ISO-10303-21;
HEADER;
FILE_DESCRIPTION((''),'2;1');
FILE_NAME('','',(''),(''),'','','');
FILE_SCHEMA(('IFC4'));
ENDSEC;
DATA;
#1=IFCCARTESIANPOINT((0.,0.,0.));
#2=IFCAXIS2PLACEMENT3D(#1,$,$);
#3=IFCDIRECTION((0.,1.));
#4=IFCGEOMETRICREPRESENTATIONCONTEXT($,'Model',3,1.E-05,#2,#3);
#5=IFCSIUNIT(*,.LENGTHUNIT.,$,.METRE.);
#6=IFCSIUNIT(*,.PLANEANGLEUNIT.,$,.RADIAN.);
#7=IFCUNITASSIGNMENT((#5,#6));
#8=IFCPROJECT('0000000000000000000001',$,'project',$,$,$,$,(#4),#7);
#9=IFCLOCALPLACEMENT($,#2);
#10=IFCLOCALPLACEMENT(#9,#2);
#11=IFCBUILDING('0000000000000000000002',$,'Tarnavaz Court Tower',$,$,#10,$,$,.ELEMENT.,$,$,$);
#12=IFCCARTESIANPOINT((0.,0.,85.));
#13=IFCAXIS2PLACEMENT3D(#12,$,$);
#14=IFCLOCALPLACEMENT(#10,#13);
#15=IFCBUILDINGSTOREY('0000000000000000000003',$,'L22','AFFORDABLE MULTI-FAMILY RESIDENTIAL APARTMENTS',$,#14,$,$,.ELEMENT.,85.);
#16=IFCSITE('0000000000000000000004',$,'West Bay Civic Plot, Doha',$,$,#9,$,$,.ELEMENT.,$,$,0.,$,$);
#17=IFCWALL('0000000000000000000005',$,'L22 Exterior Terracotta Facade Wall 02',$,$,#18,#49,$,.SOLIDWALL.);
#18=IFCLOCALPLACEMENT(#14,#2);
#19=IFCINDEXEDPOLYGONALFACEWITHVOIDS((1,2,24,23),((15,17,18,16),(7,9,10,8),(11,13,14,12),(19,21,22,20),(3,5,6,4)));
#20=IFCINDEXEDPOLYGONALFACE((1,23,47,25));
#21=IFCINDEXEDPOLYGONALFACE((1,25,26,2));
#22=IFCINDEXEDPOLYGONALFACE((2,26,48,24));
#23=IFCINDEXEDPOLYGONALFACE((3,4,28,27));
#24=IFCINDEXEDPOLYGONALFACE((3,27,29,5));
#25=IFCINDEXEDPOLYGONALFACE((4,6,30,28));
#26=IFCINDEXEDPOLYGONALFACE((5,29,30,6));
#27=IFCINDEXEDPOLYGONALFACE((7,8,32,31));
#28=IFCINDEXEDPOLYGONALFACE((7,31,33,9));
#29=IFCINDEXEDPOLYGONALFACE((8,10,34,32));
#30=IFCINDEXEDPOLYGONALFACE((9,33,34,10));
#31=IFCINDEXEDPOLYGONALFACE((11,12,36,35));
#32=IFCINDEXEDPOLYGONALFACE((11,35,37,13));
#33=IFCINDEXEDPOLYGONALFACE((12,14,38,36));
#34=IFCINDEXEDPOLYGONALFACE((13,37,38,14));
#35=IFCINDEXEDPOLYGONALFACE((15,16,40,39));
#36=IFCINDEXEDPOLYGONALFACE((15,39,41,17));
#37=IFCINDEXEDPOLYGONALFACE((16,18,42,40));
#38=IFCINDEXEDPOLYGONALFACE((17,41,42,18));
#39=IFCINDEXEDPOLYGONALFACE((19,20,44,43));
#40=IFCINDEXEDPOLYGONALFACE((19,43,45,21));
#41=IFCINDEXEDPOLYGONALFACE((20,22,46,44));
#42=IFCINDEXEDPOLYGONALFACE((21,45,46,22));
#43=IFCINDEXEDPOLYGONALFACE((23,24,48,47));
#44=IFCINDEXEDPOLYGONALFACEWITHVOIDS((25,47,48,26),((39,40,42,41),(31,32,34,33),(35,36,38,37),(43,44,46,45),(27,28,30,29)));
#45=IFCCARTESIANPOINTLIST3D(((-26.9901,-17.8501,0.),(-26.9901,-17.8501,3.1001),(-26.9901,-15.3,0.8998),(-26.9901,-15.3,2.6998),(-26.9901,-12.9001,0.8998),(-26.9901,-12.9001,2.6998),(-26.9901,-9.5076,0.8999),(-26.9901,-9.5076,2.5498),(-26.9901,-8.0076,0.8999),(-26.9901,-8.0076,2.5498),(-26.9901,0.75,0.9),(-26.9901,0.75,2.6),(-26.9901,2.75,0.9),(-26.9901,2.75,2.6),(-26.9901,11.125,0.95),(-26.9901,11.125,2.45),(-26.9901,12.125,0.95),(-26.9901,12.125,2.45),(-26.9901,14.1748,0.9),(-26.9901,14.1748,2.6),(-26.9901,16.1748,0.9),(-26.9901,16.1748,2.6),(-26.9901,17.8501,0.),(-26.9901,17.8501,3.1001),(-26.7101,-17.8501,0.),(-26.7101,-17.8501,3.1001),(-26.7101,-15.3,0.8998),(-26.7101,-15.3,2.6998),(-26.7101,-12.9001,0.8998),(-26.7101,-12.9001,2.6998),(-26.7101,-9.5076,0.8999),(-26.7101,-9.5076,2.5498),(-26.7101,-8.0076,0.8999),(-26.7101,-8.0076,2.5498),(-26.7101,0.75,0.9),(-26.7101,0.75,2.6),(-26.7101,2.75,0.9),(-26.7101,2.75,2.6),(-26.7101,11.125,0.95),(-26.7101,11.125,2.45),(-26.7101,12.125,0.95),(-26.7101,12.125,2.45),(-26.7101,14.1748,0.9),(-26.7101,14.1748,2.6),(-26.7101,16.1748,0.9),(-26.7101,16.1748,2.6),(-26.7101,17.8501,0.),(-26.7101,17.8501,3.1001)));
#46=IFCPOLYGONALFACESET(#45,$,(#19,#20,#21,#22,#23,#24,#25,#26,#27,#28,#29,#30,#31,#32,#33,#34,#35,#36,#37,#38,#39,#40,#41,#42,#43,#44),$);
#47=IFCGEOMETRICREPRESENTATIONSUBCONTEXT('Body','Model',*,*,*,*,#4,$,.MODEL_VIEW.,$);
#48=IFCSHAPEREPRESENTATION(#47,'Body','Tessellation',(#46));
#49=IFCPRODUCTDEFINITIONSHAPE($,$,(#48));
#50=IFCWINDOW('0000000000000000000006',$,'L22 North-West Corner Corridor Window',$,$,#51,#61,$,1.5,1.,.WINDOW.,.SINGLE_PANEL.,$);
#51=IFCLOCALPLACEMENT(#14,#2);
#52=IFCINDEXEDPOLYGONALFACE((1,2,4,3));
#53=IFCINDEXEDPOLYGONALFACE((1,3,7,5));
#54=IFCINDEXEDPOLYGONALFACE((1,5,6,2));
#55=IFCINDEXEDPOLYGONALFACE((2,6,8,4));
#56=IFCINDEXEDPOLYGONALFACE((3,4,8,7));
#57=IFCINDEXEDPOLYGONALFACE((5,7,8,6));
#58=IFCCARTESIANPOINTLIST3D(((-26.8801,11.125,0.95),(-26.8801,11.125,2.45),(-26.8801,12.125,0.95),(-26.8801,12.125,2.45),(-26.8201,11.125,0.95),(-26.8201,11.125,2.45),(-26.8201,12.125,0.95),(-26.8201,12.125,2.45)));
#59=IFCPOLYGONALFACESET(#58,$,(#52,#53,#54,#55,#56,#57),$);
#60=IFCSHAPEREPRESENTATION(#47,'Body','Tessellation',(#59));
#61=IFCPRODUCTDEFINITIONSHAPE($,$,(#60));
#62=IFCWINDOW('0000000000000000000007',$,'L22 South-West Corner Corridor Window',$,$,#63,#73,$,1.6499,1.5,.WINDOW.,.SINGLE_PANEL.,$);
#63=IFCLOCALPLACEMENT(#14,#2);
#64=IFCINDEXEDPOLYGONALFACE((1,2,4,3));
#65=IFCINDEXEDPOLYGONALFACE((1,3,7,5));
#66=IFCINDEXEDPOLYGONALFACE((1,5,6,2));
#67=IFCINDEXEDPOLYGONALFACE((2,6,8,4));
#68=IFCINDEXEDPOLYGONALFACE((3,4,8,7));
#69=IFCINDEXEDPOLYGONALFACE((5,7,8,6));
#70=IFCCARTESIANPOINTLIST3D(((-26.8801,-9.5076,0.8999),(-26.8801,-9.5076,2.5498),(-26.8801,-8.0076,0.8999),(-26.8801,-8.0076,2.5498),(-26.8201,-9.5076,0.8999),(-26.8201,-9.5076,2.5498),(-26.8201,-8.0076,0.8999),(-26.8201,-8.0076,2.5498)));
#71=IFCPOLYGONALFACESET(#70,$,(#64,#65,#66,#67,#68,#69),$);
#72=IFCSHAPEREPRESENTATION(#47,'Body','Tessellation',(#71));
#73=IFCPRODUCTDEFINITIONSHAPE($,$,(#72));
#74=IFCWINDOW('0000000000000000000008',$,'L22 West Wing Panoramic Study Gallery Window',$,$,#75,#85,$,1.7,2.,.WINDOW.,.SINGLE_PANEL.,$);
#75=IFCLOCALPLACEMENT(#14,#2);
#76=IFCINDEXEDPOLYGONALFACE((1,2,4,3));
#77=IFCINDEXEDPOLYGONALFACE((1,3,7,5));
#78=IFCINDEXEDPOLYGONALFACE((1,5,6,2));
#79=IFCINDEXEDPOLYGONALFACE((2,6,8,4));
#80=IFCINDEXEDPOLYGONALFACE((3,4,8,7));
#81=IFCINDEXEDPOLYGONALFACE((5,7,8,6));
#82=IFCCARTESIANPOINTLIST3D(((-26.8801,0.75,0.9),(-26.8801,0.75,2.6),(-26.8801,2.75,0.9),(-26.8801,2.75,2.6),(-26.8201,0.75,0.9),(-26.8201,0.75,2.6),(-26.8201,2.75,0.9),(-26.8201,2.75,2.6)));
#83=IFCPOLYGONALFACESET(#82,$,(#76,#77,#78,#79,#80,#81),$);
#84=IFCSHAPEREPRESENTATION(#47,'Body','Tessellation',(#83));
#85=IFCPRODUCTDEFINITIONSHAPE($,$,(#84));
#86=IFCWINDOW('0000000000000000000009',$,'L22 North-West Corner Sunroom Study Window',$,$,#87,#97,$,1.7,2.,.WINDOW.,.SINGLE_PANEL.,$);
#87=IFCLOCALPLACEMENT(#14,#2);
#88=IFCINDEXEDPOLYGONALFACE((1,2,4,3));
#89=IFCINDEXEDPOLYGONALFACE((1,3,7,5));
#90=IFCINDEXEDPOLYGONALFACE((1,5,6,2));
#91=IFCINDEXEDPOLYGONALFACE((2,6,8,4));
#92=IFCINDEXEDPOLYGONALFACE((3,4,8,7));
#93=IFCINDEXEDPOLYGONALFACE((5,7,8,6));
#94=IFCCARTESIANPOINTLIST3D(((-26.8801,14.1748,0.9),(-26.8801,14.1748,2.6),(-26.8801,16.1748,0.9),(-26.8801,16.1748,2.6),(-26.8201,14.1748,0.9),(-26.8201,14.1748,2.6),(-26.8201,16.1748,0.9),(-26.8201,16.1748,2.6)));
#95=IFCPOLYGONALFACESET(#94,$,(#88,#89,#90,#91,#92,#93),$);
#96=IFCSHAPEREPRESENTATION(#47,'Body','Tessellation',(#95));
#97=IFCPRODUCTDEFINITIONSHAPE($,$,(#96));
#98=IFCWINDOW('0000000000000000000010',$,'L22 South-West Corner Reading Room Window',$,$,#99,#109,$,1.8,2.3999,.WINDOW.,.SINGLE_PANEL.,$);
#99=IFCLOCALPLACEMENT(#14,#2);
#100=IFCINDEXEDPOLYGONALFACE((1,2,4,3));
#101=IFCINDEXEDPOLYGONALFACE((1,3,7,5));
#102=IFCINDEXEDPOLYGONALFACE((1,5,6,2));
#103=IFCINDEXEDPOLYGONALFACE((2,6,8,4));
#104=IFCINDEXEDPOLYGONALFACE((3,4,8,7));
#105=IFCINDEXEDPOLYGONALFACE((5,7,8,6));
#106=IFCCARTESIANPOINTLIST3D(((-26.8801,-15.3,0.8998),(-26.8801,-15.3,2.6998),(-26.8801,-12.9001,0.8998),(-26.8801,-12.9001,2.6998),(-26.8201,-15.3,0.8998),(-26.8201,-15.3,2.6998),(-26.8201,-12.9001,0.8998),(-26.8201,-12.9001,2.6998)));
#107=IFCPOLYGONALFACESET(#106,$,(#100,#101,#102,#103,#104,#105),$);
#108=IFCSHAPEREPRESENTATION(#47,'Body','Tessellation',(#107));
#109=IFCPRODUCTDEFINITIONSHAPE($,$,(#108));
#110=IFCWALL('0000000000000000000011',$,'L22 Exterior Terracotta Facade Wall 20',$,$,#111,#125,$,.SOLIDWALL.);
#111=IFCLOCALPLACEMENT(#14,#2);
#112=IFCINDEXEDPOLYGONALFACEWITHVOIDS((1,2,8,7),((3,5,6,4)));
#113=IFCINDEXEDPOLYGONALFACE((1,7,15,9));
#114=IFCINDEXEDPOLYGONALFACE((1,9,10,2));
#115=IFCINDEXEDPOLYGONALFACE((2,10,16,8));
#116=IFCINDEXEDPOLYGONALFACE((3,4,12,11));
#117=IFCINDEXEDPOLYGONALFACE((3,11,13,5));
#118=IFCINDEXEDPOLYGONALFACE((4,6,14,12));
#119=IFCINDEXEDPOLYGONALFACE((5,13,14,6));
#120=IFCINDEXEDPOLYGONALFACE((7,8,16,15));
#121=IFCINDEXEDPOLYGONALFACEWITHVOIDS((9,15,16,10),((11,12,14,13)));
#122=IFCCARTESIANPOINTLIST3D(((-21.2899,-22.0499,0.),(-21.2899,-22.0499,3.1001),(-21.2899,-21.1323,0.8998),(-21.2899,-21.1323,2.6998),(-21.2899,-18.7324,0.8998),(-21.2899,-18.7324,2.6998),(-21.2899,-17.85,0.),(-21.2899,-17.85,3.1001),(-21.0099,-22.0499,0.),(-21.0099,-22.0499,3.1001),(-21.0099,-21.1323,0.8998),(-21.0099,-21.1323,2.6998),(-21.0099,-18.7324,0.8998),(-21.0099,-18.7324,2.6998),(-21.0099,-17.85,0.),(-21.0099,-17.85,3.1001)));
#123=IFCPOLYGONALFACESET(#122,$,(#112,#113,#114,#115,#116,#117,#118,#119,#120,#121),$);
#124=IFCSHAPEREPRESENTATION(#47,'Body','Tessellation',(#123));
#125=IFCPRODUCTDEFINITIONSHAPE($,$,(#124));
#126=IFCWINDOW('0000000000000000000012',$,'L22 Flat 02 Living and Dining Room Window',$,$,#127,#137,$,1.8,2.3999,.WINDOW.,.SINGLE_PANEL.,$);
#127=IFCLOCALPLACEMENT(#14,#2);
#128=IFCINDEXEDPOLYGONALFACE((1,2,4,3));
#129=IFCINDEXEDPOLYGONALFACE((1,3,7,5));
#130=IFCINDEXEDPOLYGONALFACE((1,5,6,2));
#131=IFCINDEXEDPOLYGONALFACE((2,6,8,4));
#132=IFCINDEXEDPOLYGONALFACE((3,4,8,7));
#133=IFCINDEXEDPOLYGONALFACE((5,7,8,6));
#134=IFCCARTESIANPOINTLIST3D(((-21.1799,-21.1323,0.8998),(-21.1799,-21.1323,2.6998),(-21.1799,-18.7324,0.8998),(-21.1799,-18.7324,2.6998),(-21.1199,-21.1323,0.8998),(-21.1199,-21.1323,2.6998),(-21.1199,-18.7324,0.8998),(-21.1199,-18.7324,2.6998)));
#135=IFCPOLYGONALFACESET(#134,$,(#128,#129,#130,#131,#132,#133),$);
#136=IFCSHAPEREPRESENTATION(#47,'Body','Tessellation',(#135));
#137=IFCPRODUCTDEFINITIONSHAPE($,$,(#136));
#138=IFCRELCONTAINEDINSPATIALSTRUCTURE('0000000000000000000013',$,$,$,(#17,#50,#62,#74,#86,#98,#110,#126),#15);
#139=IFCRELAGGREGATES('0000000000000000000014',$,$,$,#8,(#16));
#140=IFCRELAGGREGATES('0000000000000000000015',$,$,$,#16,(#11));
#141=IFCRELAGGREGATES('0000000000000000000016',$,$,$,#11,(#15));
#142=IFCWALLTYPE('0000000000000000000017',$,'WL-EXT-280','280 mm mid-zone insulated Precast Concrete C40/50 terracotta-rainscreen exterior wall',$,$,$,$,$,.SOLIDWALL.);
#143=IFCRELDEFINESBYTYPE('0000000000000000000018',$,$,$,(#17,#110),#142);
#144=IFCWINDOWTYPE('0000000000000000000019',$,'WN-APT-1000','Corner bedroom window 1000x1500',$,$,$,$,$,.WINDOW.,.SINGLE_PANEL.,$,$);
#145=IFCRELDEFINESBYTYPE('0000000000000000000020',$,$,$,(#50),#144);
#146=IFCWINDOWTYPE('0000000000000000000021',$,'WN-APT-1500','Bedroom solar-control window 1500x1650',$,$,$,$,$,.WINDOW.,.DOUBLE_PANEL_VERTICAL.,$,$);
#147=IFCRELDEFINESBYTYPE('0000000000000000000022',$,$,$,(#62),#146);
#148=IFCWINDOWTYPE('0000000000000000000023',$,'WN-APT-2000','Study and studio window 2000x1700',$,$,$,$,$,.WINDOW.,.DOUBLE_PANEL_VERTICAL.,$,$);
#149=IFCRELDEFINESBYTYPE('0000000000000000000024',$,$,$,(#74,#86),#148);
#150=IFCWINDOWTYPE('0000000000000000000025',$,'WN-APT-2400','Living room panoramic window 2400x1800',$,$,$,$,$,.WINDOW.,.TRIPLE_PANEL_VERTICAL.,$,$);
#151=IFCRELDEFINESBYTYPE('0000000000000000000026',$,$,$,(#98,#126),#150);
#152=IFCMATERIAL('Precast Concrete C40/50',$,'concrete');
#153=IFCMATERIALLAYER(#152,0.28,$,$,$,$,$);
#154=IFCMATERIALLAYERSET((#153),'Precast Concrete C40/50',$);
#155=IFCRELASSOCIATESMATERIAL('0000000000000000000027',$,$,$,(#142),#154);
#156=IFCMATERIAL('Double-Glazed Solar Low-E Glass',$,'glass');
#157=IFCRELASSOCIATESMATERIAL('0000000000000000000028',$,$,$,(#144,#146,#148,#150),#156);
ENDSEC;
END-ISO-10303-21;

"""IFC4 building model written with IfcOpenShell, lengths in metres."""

from ifc_helpers import new_model, si_unit, direction, frame, frame_2d, origin, place, context, subcontext, project, spatial, rectangle, extrude, material, layer, layer_set, type_object, element, fill, save


model = new_model("IFC4")

# Units and contexts
model_context = context("Model", 3, precision=1e-05, world=origin(), true_north=direction((0.0, 1.0)))
body_context = subcontext(model_context, "Body", "Model", "MODEL_VIEW")
ifc_project = project(units=[si_unit("LENGTHUNIT", "METRE"), si_unit("PLANEANGLEUNIT", "RADIAN")], contexts=[model_context])

# Site, building, storey
site_placement = place(None, origin())
site = spatial("IfcSite", under=ifc_project, at=site_placement, Name="West Bay Civic Plot, Doha", CompositionType="ELEMENT", RefElevation=0.0)
building_placement = place(site_placement, origin())
building = spatial("IfcBuilding", under=site, at=building_placement, Name="Tarnavaz Court Tower", CompositionType="ELEMENT")
storey_placement = place(building_placement, frame((0.0, 0.0, 85.0)))
storey = spatial("IfcBuildingStorey", under=building, at=storey_placement, Name="L22", Description="AFFORDABLE MULTI-FAMILY RESIDENTIAL APARTMENTS", CompositionType="ELEMENT", Elevation=85.0)

# Wall, openings, windows
ifc_material_1 = material(Name="Precast Concrete C40/50", Category="concrete")
ifc_layer_1 = layer(ifc_material_1, 0.28)
ifc_layer_set_1 = layer_set([ifc_layer_1], Name="Precast Concrete C40/50")
wall_type_1 = type_object("IfcWallType", Name="WL-EXT-280", Description="280 mm mid-zone insulated Precast Concrete C40/50 terracotta-rainscreen exterior wall", PredefinedType="SOLIDWALL", material=ifc_layer_set_1)
wall_1_placement = place(storey_placement, frame((-26.8501, -17.8501, 0.0), z_axis=(0.0, 0.0, 1.0), x_axis=(0.0, 1.0, 0.0)))
wall_1 = element("IfcWall", 1, at=wall_1_placement, inside=storey, type_object=wall_type_1, Name="L22 Exterior Terracotta Facade Wall 02", PredefinedType="SOLIDWALL", context=body_context, shape_type="SweptSolid", body=[
    extrude(rectangle(XDim=35.7002, YDim=0.28, at=frame_2d((17.8501, 0.0))), origin(), (0.0, 0.0, 1.0), 3.1001),
])
opening_1_placement = place(wall_1_placement, frame((2.55, 0.0, 0.8999)))
opening_1 = element("IfcOpeningElement", 2, at=opening_1_placement, cuts=wall_1, PredefinedType="OPENING", context=body_context, shape_type="SweptSolid", body=[
    extrude(rectangle(XDim=2.3999, YDim=1.8, at=frame_2d((1.2, 0.8999))), frame((0.0, 0.1499, 0.0), z_axis=(0.0, -1.0, 0.0), x_axis=(1.0, 0.0, 0.0)), (0.0, 0.0, 1.0), 0.3),
])
opening_2_placement = place(wall_1_placement, frame((8.3425, 0.0, 0.8999)))
opening_2 = element("IfcOpeningElement", 3, at=opening_2_placement, cuts=wall_1, PredefinedType="OPENING", context=body_context, shape_type="SweptSolid", body=[
    extrude(rectangle(XDim=1.5, YDim=1.6499, at=frame_2d((0.75, 0.825))), frame((0.0, 0.1499, 0.0), z_axis=(0.0, -1.0, 0.0), x_axis=(1.0, 0.0, 0.0)), (0.0, 0.0, 1.0), 0.3),
])
opening_3_placement = place(wall_1_placement, frame((18.6001, 0.0, 0.8999)))
opening_3 = element("IfcOpeningElement", 4, at=opening_3_placement, cuts=wall_1, PredefinedType="OPENING", context=body_context, shape_type="SweptSolid", body=[
    extrude(rectangle(XDim=2.0, YDim=1.7, at=frame_2d((1.0, 0.8501))), frame((0.0, 0.1499, 0.0), z_axis=(0.0, -1.0, 0.0), x_axis=(1.0, 0.0, 0.0)), (0.0, 0.0, 1.0), 0.3),
])
opening_4_placement = place(wall_1_placement, frame((28.9751, 0.0, 0.95)))
opening_4 = element("IfcOpeningElement", 5, at=opening_4_placement, cuts=wall_1, PredefinedType="OPENING", context=body_context, shape_type="SweptSolid", body=[
    extrude(rectangle(XDim=1.0, YDim=1.5, at=frame_2d((0.5, 0.75))), frame((0.0, 0.1499, 0.0), z_axis=(0.0, -1.0, 0.0), x_axis=(1.0, 0.0, 0.0)), (0.0, 0.0, 1.0), 0.3),
])
opening_5_placement = place(wall_1_placement, frame((32.0249, 0.0, 0.8999)))
opening_5 = element("IfcOpeningElement", 6, at=opening_5_placement, cuts=wall_1, PredefinedType="OPENING", context=body_context, shape_type="SweptSolid", body=[
    extrude(rectangle(XDim=2.0, YDim=1.7, at=frame_2d((1.0, 0.8501))), frame((0.0, 0.1499, 0.0), z_axis=(0.0, -1.0, 0.0), x_axis=(1.0, 0.0, 0.0)), (0.0, 0.0, 1.0), 0.3),
])
ifc_material_2 = material(Name="Double-Glazed Solar Low-E Glass", Category="glass")
window_type_1 = type_object("IfcWindowType", Name="WN-APT-1000", Description="Corner bedroom window 1000x1500", PartitioningType="SINGLE_PANEL", PredefinedType="WINDOW", material=ifc_material_2)
window_1_placement = place(opening_4_placement, origin())
window_1 = element("IfcWindow", 7, at=window_1_placement, inside=storey, type_object=window_type_1, Name="L22 North-West Corner Corridor Window", OverallHeight=1.5, OverallWidth=1.0, PartitioningType="SINGLE_PANEL", PredefinedType="WINDOW", context=body_context, shape_type="SweptSolid", body=[
    extrude(rectangle(XDim=1.0, YDim=1.5, at=frame_2d((0.5, 0.75))), frame((0.0, 0.03, 0.0), z_axis=(0.0, -1.0, 0.0), x_axis=(1.0, 0.0, 0.0)), (0.0, 0.0, 1.0), 0.0601),
])
fill(opening_4, window_1)
window_type_2 = type_object("IfcWindowType", Name="WN-APT-1500", Description="Bedroom solar-control window 1500x1650", PartitioningType="DOUBLE_PANEL_VERTICAL", PredefinedType="WINDOW", material=ifc_material_2)
window_2_placement = place(opening_2_placement, origin())
window_2 = element("IfcWindow", 8, at=window_2_placement, inside=storey, type_object=window_type_2, Name="L22 South-West Corner Corridor Window", OverallHeight=1.6499, OverallWidth=1.5, PartitioningType="SINGLE_PANEL", PredefinedType="WINDOW", context=body_context, shape_type="SweptSolid", body=[
    extrude(rectangle(XDim=1.5, YDim=1.6499, at=frame_2d((0.75, 0.825))), frame((0.0, 0.03, 0.0), z_axis=(0.0, -1.0, 0.0), x_axis=(1.0, 0.0, 0.0)), (0.0, 0.0, 1.0), 0.0601),
])
fill(opening_2, window_2)
window_type_3 = type_object("IfcWindowType", Name="WN-APT-2000", Description="Study and studio window 2000x1700", PartitioningType="DOUBLE_PANEL_VERTICAL", PredefinedType="WINDOW", material=ifc_material_2)
window_3_placement = place(opening_3_placement, origin())
window_3 = element("IfcWindow", 9, at=window_3_placement, inside=storey, type_object=window_type_3, Name="L22 West Wing Panoramic Study Gallery Window", OverallHeight=1.7, OverallWidth=2.0, PartitioningType="SINGLE_PANEL", PredefinedType="WINDOW", context=body_context, shape_type="SweptSolid", body=[
    extrude(rectangle(XDim=2.0, YDim=1.7, at=frame_2d((1.0, 0.8501))), frame((0.0, 0.03, 0.0), z_axis=(0.0, -1.0, 0.0), x_axis=(1.0, 0.0, 0.0)), (0.0, 0.0, 1.0), 0.0601),
])
fill(opening_3, window_3)
window_4_placement = place(opening_5_placement, origin())
window_4 = element("IfcWindow", 10, at=window_4_placement, inside=storey, type_object=window_type_3, Name="L22 North-West Corner Sunroom Study Window", OverallHeight=1.7, OverallWidth=2.0, PartitioningType="SINGLE_PANEL", PredefinedType="WINDOW", context=body_context, shape_type="SweptSolid", body=[
    extrude(rectangle(XDim=2.0, YDim=1.7, at=frame_2d((1.0, 0.8501))), frame((0.0, 0.03, 0.0), z_axis=(0.0, -1.0, 0.0), x_axis=(1.0, 0.0, 0.0)), (0.0, 0.0, 1.0), 0.0601),
])
fill(opening_5, window_4)
window_type_4 = type_object("IfcWindowType", Name="WN-APT-2400", Description="Living room panoramic window 2400x1800", PartitioningType="TRIPLE_PANEL_VERTICAL", PredefinedType="WINDOW", material=ifc_material_2)
window_5_placement = place(opening_1_placement, origin())
window_5 = element("IfcWindow", 11, at=window_5_placement, inside=storey, type_object=window_type_4, Name="L22 South-West Corner Reading Room Window", OverallHeight=1.8, OverallWidth=2.3999, PartitioningType="SINGLE_PANEL", PredefinedType="WINDOW", context=body_context, shape_type="SweptSolid", body=[
    extrude(rectangle(XDim=2.3999, YDim=1.8, at=frame_2d((1.2, 0.8999))), frame((0.0, 0.03, 0.0), z_axis=(0.0, -1.0, 0.0), x_axis=(1.0, 0.0, 0.0)), (0.0, 0.0, 1.0), 0.0601),
])
fill(opening_1, window_5)

# Wall, opening, window
wall_2_placement = place(storey_placement, frame((-21.1499, -22.05, 0.0), z_axis=(0.0, 0.0, 1.0), x_axis=(0.0, 1.0, 0.0)))
wall_2 = element("IfcWall", 12, at=wall_2_placement, inside=storey, type_object=wall_type_1, Name="L22 Exterior Terracotta Facade Wall 20", PredefinedType="SOLIDWALL", context=body_context, shape_type="SweptSolid", body=[
    extrude(rectangle(XDim=4.2, YDim=0.28, at=frame_2d((2.1001, 0.0))), origin(), (0.0, 0.0, 1.0), 3.1001),
])
opening_6_placement = place(wall_2_placement, frame((0.9177, 0.0, 0.8999)))
opening_6 = element("IfcOpeningElement", 13, at=opening_6_placement, cuts=wall_2, PredefinedType="OPENING", context=body_context, shape_type="SweptSolid", body=[
    extrude(rectangle(XDim=2.3999, YDim=1.8, at=frame_2d((1.2, 0.8999))), frame((0.0, 0.1499, 0.0), z_axis=(0.0, -1.0, 0.0), x_axis=(1.0, 0.0, 0.0)), (0.0, 0.0, 1.0), 0.3),
])
window_6_placement = place(opening_6_placement, origin())
window_6 = element("IfcWindow", 14, at=window_6_placement, inside=storey, type_object=window_type_4, Name="L22 Flat 02 Living and Dining Room Window", OverallHeight=1.8, OverallWidth=2.3999, PartitioningType="SINGLE_PANEL", PredefinedType="WINDOW", context=body_context, shape_type="SweptSolid", body=[
    extrude(rectangle(XDim=2.3999, YDim=1.8, at=frame_2d((1.2, 0.8999))), frame((0.0, 0.03, 0.0), z_axis=(0.0, -1.0, 0.0), x_axis=(1.0, 0.0, 0.0)), (0.0, 0.0, 1.0), 0.0601),
])
fill(opening_6, window_6)

save(model, "model.ifc")
